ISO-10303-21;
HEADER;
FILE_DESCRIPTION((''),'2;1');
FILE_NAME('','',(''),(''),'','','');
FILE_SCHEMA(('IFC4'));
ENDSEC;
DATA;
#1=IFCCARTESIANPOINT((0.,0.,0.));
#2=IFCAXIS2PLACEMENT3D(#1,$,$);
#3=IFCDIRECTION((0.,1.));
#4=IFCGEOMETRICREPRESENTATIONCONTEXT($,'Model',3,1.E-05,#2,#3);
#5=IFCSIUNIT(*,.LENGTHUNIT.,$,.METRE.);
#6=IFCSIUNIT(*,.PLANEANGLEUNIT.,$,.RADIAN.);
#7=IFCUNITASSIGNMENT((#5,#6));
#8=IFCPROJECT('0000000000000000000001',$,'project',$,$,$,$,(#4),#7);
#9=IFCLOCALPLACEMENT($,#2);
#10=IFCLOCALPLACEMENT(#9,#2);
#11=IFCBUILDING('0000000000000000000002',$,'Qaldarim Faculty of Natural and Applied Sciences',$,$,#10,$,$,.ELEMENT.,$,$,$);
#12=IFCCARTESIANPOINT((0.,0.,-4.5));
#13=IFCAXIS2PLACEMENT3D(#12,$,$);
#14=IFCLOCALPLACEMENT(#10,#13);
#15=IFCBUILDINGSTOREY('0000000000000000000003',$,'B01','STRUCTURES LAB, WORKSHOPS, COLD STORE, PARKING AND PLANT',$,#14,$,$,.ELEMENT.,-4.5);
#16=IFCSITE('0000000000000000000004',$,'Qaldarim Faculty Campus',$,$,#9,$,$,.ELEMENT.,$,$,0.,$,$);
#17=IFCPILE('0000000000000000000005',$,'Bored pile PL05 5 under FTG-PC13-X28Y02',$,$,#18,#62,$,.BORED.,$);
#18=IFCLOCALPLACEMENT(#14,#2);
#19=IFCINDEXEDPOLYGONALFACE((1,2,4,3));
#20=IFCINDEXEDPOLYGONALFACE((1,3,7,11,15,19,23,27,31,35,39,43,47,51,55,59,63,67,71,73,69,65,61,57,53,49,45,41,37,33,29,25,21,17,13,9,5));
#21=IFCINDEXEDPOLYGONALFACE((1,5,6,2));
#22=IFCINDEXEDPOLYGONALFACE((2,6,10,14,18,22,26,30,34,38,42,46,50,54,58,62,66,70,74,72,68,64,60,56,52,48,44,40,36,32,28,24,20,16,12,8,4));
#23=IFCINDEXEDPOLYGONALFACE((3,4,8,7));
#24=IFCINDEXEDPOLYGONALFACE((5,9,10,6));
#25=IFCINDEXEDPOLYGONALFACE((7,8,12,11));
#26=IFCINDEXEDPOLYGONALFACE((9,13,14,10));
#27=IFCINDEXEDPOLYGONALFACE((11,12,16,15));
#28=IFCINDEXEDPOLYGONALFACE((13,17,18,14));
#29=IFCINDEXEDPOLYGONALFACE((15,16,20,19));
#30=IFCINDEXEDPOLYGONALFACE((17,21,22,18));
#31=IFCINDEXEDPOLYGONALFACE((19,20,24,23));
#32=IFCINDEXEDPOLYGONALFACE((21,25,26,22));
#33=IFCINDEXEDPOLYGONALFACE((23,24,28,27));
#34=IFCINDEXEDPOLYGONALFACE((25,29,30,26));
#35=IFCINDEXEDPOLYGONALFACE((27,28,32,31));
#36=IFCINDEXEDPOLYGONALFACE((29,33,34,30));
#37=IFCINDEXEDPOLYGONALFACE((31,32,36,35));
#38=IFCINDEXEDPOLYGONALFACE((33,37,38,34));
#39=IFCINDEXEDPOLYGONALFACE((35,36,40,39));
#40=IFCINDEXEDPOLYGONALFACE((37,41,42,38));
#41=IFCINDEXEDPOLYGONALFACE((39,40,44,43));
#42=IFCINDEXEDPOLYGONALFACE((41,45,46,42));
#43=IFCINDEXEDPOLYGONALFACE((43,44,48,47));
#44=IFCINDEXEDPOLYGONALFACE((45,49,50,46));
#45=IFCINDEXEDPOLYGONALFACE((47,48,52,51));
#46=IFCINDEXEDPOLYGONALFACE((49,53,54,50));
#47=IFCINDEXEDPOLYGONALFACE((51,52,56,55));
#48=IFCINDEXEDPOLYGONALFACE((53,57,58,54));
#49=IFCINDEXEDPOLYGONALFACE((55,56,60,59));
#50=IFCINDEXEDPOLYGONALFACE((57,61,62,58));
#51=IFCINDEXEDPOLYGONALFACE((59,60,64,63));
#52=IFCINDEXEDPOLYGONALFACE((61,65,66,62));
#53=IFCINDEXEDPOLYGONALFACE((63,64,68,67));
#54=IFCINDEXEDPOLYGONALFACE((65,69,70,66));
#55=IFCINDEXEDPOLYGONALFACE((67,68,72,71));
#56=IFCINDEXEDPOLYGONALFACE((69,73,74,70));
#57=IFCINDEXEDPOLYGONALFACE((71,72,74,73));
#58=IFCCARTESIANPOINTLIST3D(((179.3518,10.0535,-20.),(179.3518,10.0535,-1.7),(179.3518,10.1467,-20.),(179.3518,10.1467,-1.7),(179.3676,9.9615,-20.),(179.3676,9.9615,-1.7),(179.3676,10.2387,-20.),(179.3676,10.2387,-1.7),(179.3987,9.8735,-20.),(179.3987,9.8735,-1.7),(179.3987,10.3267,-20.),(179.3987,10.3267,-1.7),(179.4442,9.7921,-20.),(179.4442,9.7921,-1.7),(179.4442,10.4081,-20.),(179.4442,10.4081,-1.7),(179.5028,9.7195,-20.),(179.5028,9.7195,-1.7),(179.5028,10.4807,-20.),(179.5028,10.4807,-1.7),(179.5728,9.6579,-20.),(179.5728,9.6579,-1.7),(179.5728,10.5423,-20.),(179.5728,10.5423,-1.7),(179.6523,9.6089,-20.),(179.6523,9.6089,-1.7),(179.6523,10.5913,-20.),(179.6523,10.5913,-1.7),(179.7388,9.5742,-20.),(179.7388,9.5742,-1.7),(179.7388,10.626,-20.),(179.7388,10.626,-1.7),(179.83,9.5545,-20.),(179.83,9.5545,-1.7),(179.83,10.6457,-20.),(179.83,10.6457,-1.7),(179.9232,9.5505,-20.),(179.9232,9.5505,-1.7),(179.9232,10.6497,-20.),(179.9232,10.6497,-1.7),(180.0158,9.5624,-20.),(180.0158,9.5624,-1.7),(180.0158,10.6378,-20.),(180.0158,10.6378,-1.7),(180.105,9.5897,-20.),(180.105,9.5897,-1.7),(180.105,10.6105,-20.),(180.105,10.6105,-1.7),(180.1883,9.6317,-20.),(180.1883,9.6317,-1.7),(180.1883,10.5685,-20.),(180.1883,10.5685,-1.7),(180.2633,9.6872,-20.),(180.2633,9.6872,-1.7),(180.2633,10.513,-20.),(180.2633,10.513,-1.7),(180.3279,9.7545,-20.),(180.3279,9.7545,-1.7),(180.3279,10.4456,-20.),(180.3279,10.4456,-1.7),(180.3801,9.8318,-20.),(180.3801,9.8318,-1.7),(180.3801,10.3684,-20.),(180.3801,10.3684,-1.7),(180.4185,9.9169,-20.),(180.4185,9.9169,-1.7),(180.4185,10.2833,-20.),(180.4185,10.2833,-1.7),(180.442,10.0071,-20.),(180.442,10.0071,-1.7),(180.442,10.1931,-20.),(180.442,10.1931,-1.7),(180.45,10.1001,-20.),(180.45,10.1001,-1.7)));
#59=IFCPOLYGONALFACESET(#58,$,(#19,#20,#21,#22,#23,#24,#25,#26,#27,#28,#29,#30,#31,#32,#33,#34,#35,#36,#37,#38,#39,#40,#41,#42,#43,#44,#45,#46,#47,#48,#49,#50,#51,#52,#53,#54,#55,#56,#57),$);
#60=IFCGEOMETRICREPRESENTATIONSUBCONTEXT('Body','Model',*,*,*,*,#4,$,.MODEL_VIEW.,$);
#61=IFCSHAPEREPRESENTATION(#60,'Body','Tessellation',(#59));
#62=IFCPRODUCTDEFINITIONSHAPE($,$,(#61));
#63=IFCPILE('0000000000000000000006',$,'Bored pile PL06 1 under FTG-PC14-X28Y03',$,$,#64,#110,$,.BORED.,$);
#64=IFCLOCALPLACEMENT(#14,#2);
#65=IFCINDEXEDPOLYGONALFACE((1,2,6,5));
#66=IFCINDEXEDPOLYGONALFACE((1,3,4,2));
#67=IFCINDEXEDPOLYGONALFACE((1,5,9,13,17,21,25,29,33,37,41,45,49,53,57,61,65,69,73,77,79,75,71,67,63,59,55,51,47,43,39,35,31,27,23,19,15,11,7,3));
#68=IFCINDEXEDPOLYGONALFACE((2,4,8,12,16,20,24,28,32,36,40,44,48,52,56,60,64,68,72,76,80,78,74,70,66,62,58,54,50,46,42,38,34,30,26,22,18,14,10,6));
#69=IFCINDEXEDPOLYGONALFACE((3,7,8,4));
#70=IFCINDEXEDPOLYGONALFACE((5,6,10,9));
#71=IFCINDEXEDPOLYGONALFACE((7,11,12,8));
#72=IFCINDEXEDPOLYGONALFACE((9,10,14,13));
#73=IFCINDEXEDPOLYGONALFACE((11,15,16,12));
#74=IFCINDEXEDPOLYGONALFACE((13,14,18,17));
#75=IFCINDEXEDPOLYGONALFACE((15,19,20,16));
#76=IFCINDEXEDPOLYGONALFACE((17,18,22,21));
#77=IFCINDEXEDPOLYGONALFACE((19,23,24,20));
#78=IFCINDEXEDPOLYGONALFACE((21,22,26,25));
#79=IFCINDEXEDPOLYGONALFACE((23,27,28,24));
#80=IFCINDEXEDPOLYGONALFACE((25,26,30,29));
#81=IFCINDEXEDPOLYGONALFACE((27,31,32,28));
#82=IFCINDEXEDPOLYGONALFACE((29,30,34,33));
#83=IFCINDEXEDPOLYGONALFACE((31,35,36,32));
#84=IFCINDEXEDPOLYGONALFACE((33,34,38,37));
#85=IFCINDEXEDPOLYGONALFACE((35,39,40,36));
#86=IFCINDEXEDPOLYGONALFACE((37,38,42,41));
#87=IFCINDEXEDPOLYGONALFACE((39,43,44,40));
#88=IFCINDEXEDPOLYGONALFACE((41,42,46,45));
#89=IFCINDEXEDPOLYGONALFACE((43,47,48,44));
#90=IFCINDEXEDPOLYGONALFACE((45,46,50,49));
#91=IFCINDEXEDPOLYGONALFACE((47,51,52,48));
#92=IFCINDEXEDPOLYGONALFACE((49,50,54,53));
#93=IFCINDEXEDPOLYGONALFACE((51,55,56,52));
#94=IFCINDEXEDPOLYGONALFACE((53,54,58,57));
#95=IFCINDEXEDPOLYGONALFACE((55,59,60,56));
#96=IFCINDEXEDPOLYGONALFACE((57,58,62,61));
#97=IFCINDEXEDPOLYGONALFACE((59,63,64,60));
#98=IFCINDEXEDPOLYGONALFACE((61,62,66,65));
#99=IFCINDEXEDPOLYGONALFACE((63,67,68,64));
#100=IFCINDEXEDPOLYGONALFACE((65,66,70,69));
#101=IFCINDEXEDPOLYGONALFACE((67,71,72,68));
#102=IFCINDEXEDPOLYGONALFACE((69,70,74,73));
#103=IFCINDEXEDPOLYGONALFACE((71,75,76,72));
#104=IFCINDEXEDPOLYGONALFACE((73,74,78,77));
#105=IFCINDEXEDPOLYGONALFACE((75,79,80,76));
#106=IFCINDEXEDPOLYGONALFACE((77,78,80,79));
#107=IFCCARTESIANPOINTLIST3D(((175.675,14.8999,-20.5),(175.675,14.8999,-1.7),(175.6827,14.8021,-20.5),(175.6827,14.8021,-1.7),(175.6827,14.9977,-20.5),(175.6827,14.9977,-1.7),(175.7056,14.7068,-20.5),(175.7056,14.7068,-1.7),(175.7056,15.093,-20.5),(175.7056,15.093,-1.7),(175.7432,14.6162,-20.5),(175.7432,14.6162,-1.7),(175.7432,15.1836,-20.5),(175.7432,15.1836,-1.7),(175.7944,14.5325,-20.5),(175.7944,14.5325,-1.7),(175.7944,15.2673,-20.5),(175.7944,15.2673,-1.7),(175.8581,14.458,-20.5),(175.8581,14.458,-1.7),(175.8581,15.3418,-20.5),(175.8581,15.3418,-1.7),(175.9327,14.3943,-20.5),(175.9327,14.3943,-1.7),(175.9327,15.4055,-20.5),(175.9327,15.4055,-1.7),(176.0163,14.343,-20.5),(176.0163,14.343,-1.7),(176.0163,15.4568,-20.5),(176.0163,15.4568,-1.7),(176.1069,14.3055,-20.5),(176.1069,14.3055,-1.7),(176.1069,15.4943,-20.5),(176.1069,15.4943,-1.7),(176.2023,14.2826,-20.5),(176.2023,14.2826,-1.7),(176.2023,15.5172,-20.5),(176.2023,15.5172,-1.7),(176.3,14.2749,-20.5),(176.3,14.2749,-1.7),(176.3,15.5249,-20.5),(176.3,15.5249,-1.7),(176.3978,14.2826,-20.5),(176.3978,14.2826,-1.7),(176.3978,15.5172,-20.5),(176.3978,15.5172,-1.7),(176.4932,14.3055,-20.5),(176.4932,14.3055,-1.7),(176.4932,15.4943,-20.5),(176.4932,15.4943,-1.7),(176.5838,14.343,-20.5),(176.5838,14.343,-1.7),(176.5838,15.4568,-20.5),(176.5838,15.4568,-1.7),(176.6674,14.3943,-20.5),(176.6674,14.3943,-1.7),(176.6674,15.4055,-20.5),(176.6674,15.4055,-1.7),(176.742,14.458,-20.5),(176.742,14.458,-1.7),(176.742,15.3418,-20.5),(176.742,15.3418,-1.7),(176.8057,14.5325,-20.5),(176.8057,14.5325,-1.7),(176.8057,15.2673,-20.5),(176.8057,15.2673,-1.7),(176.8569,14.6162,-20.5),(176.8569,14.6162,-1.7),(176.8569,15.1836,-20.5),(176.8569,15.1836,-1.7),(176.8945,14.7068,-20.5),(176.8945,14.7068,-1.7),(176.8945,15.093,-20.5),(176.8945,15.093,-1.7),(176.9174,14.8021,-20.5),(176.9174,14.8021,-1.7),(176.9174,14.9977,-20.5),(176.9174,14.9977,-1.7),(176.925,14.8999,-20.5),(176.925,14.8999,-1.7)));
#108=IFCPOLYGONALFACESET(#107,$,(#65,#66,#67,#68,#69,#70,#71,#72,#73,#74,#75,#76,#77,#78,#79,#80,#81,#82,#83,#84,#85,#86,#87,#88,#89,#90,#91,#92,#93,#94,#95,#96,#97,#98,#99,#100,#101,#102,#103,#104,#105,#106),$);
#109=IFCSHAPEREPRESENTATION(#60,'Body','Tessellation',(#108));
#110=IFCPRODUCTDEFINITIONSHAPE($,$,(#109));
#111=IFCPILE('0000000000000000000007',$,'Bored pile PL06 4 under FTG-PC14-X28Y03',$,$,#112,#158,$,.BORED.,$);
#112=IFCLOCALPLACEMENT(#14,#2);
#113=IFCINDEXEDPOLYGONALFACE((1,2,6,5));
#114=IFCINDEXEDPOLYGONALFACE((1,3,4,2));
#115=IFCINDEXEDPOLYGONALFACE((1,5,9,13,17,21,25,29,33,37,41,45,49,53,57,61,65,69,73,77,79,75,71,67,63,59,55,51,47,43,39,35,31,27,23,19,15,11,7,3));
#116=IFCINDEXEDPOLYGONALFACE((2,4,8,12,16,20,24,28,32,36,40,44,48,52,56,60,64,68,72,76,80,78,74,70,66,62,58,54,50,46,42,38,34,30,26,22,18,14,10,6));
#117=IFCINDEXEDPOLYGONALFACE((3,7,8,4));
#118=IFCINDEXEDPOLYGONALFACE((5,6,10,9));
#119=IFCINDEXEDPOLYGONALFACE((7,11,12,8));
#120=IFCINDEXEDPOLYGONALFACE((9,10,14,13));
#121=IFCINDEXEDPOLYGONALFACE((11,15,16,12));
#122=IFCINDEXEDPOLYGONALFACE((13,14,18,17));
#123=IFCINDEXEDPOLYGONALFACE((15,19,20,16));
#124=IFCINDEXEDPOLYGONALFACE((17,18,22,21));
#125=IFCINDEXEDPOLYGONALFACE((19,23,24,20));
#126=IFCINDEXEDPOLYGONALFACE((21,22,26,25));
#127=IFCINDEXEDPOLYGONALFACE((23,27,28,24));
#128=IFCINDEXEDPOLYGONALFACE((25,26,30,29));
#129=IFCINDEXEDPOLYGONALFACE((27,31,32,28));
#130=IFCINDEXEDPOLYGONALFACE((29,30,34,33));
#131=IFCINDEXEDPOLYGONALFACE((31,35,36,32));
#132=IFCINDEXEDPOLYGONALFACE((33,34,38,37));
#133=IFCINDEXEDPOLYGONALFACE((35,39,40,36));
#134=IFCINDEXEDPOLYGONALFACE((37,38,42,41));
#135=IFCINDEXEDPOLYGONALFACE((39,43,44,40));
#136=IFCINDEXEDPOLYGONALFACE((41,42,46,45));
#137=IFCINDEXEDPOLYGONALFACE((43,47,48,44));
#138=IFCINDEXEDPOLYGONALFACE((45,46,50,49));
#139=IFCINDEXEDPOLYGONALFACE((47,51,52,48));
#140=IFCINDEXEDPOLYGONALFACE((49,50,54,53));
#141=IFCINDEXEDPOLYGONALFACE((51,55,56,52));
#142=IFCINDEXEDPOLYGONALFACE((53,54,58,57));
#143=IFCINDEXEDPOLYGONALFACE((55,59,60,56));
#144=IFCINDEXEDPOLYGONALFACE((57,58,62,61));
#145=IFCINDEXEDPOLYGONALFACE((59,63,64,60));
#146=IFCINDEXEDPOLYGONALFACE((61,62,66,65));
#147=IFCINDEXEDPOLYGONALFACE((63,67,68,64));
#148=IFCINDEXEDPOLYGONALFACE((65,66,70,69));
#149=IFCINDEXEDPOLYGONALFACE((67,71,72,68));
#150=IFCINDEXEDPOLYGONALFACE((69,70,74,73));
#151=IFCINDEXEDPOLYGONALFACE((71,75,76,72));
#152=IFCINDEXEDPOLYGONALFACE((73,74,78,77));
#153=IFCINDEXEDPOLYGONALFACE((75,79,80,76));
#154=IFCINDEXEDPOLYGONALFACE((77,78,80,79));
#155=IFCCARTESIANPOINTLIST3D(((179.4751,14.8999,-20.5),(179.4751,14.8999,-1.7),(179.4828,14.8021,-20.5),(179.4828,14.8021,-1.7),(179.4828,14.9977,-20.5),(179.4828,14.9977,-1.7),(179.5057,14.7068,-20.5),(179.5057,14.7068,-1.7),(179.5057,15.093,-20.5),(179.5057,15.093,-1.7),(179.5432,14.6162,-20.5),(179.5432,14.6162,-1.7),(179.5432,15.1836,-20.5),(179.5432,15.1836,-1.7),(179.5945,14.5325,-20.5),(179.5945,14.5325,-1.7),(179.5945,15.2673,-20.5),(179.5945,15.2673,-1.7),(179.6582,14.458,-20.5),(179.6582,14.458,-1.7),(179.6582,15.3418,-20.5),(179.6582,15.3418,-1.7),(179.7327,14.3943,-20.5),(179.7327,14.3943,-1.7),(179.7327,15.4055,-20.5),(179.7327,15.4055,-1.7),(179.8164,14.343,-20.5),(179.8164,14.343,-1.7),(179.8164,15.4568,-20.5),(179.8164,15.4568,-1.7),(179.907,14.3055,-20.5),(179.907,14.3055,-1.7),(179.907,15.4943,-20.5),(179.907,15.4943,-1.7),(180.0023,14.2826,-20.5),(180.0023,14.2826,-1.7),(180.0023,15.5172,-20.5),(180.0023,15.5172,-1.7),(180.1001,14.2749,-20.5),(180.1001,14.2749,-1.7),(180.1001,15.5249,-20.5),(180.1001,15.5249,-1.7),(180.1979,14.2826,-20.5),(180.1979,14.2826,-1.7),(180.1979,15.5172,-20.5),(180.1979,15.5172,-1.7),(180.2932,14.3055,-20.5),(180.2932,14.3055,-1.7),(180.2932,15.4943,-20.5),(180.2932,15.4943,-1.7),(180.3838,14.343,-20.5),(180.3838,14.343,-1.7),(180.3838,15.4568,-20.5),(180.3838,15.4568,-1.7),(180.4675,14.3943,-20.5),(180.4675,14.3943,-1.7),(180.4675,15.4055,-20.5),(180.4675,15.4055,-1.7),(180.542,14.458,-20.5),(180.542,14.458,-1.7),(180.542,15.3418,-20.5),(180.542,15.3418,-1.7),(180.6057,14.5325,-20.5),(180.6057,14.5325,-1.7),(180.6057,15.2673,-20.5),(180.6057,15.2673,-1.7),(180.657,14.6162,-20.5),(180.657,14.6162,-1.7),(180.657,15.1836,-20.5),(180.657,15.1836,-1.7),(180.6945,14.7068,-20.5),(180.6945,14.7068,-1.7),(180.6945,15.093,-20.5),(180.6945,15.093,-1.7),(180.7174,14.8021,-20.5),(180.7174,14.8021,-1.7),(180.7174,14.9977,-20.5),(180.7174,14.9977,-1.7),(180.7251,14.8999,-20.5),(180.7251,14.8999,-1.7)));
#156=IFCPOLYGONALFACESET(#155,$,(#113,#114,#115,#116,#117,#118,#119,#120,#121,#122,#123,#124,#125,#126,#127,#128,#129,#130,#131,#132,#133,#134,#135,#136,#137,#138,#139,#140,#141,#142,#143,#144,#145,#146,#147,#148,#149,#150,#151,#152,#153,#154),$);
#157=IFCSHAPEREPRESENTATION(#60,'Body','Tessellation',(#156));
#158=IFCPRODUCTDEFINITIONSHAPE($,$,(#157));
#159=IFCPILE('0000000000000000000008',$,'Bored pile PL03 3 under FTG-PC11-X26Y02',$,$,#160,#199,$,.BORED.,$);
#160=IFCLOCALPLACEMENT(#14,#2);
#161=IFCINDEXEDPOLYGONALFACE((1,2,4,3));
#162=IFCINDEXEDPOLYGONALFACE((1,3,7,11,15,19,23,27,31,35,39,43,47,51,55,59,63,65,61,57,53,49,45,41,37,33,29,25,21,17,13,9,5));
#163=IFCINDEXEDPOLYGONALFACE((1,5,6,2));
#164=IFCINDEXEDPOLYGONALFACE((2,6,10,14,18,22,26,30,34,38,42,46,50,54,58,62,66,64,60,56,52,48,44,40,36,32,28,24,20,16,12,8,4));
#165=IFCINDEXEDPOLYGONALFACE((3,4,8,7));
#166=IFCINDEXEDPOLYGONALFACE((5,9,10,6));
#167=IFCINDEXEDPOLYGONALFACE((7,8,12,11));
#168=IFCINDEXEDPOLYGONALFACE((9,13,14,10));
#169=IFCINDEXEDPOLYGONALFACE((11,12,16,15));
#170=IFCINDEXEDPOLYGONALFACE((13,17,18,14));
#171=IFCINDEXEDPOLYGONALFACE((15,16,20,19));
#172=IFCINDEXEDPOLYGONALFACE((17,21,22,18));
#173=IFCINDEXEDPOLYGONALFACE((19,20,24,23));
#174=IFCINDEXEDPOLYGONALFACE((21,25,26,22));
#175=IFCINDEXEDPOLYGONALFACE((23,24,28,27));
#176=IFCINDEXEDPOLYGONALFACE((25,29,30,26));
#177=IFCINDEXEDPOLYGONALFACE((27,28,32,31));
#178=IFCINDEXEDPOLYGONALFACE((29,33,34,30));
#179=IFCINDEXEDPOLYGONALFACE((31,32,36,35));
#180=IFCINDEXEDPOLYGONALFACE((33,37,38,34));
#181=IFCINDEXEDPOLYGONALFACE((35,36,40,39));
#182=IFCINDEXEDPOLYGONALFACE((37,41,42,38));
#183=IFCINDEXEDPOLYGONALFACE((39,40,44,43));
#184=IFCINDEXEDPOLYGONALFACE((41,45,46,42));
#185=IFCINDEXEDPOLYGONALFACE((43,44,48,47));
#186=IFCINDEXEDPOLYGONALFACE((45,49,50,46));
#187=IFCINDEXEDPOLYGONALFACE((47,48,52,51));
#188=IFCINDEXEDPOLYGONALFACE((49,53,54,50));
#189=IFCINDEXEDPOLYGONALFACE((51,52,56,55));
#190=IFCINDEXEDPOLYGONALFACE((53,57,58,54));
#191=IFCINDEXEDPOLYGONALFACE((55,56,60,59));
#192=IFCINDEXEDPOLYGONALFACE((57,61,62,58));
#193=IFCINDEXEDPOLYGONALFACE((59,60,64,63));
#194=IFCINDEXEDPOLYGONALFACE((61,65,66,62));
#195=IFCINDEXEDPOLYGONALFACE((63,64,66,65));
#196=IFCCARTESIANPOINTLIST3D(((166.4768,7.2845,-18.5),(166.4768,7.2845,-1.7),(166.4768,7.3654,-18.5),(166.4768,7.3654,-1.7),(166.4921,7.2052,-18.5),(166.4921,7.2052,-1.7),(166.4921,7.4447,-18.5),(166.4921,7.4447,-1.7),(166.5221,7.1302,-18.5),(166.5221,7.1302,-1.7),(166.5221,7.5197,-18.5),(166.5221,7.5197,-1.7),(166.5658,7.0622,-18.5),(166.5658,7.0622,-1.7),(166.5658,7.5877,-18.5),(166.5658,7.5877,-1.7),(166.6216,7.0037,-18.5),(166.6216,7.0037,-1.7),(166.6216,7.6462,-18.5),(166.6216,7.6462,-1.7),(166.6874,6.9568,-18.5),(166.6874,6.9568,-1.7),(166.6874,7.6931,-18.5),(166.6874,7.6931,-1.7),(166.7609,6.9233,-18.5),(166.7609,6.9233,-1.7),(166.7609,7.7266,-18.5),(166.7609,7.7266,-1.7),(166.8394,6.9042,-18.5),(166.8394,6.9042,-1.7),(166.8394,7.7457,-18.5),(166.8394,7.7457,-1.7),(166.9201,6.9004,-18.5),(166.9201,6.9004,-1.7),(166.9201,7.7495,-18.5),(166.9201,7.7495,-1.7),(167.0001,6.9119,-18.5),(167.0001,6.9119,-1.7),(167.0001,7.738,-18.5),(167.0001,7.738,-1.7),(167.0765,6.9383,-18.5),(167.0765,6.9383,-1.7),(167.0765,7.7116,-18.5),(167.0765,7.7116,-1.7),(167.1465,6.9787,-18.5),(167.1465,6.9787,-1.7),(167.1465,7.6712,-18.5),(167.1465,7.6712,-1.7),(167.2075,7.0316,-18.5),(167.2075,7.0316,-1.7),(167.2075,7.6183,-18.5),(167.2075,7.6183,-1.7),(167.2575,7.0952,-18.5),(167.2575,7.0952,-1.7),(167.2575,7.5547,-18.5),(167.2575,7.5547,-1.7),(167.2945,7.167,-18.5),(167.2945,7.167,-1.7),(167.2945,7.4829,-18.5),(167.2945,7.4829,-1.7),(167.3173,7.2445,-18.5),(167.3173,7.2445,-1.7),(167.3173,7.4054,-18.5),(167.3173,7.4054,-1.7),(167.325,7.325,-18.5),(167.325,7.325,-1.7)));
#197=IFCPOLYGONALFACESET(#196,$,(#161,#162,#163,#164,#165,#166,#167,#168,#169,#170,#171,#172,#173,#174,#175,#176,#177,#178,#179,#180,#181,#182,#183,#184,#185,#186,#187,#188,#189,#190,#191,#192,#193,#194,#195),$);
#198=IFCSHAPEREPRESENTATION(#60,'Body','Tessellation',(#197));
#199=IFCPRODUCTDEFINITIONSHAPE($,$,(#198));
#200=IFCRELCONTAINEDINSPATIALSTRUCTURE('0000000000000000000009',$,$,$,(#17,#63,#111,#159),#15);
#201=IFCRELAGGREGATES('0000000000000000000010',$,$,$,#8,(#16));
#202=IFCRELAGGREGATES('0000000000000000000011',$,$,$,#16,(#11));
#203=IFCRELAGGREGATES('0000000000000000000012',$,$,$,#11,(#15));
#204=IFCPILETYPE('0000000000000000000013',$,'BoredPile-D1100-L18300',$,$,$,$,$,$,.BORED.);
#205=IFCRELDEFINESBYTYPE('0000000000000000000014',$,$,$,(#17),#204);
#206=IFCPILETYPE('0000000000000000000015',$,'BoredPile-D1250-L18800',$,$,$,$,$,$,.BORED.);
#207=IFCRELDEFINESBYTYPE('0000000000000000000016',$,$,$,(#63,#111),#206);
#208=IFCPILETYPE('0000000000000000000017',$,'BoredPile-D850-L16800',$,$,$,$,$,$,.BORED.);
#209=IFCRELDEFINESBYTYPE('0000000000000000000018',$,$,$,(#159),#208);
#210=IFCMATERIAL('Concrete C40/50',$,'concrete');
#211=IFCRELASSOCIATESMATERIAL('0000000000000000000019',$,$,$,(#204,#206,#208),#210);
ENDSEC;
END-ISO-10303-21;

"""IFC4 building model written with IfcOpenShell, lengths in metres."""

from ifc_helpers import new_model, si_unit, direction, frame, origin, origin_2d, place, context, subcontext, project, spatial, circle, extrude, material, material_profile, profile_set, type_object, element, save


model = new_model("IFC4")

# Units and contexts
model_context = context("Model", 3, precision=1e-05, world=origin(), true_north=direction((0.0, 1.0)))
body_context = subcontext(model_context, "Body", "Model", "MODEL_VIEW")
ifc_project = project(units=[si_unit("LENGTHUNIT", "METRE"), si_unit("PLANEANGLEUNIT", "RADIAN")], contexts=[model_context])

# Site, building, storey
site_placement = place(None, origin())
site = spatial("IfcSite", under=ifc_project, at=site_placement, Name="Qaldarim Faculty Campus", CompositionType="ELEMENT", RefElevation=0.0)
building_placement = place(site_placement, origin())
building = spatial("IfcBuilding", under=site, at=building_placement, Name="Qaldarim Faculty of Natural and Applied Sciences", CompositionType="ELEMENT")
storey_placement = place(building_placement, frame((0.0, 0.0, -4.5)))
storey = spatial("IfcBuildingStorey", under=building, at=storey_placement, Name="B01", Description="STRUCTURES LAB, WORKSHOPS, COLD STORE, PARKING AND PLANT", CompositionType="ELEMENT", Elevation=-4.5)

# Piles
ifc_material_1 = material(Name="Concrete C40/50", Category="concrete")
ifc_material_profile_1 = material_profile(ifc_material_1, circle(Radius=0.55, at=origin_2d()), Name="PILE-D1100")
ifc_profile_set_1 = profile_set([ifc_material_profile_1], Name="Concrete C40/50")
pile_type_1 = type_object("IfcPileType", Name="BoredPile-D1100-L18300", PredefinedType="BORED", material=ifc_profile_set_1)
for number, where, z_axis, x_axis, name in (
    (1, (179.8999, 10.1001, -1.7), (0.0, 0.0, -1.0), (1.0, 0.0, 0.0), "Bored pile PL05 5 under FTG-PC13-X28Y02"),
):
    element("IfcPile", number, at=place(storey_placement, frame(where, z_axis=z_axis, x_axis=x_axis)), inside=storey, type_object=pile_type_1, Name=name, PredefinedType="BORED", context=body_context, shape_type="SweptSolid", body=[
        extrude(circle(Radius=0.55, at=origin_2d()), origin(), (0.0, 0.0, 1.0), 18.3),
    ])
ifc_material_profile_2 = material_profile(ifc_material_1, circle(Radius=0.625, at=origin_2d()), Name="PILE-D1250")
ifc_profile_set_2 = profile_set([ifc_material_profile_2], Name="Concrete C40/50")
pile_type_2 = type_object("IfcPileType", Name="BoredPile-D1250-L18800", PredefinedType="BORED", material=ifc_profile_set_2)
for number, where, z_axis, x_axis, name in (
    (2, (176.3, 14.8999, -1.7), (0.0, 0.0, -1.0), (1.0, 0.0, 0.0), "Bored pile PL06 1 under FTG-PC14-X28Y03"),
    (3, (180.1001, 14.8999, -1.7), (0.0, 0.0, -1.0), (1.0, 0.0, 0.0), "Bored pile PL06 4 under FTG-PC14-X28Y03"),
):
    element("IfcPile", number, at=place(storey_placement, frame(where, z_axis=z_axis, x_axis=x_axis)), inside=storey, type_object=pile_type_2, Name=name, PredefinedType="BORED", context=body_context, shape_type="SweptSolid", body=[
        extrude(circle(Radius=0.625, at=origin_2d()), origin(), (0.0, 0.0, 1.0), 18.8),
    ])
ifc_material_profile_3 = material_profile(ifc_material_1, circle(Radius=0.425, at=origin_2d()), Name="PILE-D850")
ifc_profile_set_3 = profile_set([ifc_material_profile_3], Name="Concrete C40/50")
pile_type_3 = type_object("IfcPileType", Name="BoredPile-D850-L16800", PredefinedType="BORED", material=ifc_profile_set_3)
for number, where, z_axis, x_axis, name in (
    (4, (166.8999, 7.325, -1.7), (0.0, 0.0, -1.0), (1.0, 0.0, 0.0), "Bored pile PL03 3 under FTG-PC11-X26Y02"),
):
    element("IfcPile", number, at=place(storey_placement, frame(where, z_axis=z_axis, x_axis=x_axis)), inside=storey, type_object=pile_type_3, Name=name, PredefinedType="BORED", context=body_context, shape_type="SweptSolid", body=[
        extrude(circle(Radius=0.425, at=origin_2d()), origin(), (0.0, 0.0, 1.0), 16.8),
    ])

save(model, "model.ifc")
